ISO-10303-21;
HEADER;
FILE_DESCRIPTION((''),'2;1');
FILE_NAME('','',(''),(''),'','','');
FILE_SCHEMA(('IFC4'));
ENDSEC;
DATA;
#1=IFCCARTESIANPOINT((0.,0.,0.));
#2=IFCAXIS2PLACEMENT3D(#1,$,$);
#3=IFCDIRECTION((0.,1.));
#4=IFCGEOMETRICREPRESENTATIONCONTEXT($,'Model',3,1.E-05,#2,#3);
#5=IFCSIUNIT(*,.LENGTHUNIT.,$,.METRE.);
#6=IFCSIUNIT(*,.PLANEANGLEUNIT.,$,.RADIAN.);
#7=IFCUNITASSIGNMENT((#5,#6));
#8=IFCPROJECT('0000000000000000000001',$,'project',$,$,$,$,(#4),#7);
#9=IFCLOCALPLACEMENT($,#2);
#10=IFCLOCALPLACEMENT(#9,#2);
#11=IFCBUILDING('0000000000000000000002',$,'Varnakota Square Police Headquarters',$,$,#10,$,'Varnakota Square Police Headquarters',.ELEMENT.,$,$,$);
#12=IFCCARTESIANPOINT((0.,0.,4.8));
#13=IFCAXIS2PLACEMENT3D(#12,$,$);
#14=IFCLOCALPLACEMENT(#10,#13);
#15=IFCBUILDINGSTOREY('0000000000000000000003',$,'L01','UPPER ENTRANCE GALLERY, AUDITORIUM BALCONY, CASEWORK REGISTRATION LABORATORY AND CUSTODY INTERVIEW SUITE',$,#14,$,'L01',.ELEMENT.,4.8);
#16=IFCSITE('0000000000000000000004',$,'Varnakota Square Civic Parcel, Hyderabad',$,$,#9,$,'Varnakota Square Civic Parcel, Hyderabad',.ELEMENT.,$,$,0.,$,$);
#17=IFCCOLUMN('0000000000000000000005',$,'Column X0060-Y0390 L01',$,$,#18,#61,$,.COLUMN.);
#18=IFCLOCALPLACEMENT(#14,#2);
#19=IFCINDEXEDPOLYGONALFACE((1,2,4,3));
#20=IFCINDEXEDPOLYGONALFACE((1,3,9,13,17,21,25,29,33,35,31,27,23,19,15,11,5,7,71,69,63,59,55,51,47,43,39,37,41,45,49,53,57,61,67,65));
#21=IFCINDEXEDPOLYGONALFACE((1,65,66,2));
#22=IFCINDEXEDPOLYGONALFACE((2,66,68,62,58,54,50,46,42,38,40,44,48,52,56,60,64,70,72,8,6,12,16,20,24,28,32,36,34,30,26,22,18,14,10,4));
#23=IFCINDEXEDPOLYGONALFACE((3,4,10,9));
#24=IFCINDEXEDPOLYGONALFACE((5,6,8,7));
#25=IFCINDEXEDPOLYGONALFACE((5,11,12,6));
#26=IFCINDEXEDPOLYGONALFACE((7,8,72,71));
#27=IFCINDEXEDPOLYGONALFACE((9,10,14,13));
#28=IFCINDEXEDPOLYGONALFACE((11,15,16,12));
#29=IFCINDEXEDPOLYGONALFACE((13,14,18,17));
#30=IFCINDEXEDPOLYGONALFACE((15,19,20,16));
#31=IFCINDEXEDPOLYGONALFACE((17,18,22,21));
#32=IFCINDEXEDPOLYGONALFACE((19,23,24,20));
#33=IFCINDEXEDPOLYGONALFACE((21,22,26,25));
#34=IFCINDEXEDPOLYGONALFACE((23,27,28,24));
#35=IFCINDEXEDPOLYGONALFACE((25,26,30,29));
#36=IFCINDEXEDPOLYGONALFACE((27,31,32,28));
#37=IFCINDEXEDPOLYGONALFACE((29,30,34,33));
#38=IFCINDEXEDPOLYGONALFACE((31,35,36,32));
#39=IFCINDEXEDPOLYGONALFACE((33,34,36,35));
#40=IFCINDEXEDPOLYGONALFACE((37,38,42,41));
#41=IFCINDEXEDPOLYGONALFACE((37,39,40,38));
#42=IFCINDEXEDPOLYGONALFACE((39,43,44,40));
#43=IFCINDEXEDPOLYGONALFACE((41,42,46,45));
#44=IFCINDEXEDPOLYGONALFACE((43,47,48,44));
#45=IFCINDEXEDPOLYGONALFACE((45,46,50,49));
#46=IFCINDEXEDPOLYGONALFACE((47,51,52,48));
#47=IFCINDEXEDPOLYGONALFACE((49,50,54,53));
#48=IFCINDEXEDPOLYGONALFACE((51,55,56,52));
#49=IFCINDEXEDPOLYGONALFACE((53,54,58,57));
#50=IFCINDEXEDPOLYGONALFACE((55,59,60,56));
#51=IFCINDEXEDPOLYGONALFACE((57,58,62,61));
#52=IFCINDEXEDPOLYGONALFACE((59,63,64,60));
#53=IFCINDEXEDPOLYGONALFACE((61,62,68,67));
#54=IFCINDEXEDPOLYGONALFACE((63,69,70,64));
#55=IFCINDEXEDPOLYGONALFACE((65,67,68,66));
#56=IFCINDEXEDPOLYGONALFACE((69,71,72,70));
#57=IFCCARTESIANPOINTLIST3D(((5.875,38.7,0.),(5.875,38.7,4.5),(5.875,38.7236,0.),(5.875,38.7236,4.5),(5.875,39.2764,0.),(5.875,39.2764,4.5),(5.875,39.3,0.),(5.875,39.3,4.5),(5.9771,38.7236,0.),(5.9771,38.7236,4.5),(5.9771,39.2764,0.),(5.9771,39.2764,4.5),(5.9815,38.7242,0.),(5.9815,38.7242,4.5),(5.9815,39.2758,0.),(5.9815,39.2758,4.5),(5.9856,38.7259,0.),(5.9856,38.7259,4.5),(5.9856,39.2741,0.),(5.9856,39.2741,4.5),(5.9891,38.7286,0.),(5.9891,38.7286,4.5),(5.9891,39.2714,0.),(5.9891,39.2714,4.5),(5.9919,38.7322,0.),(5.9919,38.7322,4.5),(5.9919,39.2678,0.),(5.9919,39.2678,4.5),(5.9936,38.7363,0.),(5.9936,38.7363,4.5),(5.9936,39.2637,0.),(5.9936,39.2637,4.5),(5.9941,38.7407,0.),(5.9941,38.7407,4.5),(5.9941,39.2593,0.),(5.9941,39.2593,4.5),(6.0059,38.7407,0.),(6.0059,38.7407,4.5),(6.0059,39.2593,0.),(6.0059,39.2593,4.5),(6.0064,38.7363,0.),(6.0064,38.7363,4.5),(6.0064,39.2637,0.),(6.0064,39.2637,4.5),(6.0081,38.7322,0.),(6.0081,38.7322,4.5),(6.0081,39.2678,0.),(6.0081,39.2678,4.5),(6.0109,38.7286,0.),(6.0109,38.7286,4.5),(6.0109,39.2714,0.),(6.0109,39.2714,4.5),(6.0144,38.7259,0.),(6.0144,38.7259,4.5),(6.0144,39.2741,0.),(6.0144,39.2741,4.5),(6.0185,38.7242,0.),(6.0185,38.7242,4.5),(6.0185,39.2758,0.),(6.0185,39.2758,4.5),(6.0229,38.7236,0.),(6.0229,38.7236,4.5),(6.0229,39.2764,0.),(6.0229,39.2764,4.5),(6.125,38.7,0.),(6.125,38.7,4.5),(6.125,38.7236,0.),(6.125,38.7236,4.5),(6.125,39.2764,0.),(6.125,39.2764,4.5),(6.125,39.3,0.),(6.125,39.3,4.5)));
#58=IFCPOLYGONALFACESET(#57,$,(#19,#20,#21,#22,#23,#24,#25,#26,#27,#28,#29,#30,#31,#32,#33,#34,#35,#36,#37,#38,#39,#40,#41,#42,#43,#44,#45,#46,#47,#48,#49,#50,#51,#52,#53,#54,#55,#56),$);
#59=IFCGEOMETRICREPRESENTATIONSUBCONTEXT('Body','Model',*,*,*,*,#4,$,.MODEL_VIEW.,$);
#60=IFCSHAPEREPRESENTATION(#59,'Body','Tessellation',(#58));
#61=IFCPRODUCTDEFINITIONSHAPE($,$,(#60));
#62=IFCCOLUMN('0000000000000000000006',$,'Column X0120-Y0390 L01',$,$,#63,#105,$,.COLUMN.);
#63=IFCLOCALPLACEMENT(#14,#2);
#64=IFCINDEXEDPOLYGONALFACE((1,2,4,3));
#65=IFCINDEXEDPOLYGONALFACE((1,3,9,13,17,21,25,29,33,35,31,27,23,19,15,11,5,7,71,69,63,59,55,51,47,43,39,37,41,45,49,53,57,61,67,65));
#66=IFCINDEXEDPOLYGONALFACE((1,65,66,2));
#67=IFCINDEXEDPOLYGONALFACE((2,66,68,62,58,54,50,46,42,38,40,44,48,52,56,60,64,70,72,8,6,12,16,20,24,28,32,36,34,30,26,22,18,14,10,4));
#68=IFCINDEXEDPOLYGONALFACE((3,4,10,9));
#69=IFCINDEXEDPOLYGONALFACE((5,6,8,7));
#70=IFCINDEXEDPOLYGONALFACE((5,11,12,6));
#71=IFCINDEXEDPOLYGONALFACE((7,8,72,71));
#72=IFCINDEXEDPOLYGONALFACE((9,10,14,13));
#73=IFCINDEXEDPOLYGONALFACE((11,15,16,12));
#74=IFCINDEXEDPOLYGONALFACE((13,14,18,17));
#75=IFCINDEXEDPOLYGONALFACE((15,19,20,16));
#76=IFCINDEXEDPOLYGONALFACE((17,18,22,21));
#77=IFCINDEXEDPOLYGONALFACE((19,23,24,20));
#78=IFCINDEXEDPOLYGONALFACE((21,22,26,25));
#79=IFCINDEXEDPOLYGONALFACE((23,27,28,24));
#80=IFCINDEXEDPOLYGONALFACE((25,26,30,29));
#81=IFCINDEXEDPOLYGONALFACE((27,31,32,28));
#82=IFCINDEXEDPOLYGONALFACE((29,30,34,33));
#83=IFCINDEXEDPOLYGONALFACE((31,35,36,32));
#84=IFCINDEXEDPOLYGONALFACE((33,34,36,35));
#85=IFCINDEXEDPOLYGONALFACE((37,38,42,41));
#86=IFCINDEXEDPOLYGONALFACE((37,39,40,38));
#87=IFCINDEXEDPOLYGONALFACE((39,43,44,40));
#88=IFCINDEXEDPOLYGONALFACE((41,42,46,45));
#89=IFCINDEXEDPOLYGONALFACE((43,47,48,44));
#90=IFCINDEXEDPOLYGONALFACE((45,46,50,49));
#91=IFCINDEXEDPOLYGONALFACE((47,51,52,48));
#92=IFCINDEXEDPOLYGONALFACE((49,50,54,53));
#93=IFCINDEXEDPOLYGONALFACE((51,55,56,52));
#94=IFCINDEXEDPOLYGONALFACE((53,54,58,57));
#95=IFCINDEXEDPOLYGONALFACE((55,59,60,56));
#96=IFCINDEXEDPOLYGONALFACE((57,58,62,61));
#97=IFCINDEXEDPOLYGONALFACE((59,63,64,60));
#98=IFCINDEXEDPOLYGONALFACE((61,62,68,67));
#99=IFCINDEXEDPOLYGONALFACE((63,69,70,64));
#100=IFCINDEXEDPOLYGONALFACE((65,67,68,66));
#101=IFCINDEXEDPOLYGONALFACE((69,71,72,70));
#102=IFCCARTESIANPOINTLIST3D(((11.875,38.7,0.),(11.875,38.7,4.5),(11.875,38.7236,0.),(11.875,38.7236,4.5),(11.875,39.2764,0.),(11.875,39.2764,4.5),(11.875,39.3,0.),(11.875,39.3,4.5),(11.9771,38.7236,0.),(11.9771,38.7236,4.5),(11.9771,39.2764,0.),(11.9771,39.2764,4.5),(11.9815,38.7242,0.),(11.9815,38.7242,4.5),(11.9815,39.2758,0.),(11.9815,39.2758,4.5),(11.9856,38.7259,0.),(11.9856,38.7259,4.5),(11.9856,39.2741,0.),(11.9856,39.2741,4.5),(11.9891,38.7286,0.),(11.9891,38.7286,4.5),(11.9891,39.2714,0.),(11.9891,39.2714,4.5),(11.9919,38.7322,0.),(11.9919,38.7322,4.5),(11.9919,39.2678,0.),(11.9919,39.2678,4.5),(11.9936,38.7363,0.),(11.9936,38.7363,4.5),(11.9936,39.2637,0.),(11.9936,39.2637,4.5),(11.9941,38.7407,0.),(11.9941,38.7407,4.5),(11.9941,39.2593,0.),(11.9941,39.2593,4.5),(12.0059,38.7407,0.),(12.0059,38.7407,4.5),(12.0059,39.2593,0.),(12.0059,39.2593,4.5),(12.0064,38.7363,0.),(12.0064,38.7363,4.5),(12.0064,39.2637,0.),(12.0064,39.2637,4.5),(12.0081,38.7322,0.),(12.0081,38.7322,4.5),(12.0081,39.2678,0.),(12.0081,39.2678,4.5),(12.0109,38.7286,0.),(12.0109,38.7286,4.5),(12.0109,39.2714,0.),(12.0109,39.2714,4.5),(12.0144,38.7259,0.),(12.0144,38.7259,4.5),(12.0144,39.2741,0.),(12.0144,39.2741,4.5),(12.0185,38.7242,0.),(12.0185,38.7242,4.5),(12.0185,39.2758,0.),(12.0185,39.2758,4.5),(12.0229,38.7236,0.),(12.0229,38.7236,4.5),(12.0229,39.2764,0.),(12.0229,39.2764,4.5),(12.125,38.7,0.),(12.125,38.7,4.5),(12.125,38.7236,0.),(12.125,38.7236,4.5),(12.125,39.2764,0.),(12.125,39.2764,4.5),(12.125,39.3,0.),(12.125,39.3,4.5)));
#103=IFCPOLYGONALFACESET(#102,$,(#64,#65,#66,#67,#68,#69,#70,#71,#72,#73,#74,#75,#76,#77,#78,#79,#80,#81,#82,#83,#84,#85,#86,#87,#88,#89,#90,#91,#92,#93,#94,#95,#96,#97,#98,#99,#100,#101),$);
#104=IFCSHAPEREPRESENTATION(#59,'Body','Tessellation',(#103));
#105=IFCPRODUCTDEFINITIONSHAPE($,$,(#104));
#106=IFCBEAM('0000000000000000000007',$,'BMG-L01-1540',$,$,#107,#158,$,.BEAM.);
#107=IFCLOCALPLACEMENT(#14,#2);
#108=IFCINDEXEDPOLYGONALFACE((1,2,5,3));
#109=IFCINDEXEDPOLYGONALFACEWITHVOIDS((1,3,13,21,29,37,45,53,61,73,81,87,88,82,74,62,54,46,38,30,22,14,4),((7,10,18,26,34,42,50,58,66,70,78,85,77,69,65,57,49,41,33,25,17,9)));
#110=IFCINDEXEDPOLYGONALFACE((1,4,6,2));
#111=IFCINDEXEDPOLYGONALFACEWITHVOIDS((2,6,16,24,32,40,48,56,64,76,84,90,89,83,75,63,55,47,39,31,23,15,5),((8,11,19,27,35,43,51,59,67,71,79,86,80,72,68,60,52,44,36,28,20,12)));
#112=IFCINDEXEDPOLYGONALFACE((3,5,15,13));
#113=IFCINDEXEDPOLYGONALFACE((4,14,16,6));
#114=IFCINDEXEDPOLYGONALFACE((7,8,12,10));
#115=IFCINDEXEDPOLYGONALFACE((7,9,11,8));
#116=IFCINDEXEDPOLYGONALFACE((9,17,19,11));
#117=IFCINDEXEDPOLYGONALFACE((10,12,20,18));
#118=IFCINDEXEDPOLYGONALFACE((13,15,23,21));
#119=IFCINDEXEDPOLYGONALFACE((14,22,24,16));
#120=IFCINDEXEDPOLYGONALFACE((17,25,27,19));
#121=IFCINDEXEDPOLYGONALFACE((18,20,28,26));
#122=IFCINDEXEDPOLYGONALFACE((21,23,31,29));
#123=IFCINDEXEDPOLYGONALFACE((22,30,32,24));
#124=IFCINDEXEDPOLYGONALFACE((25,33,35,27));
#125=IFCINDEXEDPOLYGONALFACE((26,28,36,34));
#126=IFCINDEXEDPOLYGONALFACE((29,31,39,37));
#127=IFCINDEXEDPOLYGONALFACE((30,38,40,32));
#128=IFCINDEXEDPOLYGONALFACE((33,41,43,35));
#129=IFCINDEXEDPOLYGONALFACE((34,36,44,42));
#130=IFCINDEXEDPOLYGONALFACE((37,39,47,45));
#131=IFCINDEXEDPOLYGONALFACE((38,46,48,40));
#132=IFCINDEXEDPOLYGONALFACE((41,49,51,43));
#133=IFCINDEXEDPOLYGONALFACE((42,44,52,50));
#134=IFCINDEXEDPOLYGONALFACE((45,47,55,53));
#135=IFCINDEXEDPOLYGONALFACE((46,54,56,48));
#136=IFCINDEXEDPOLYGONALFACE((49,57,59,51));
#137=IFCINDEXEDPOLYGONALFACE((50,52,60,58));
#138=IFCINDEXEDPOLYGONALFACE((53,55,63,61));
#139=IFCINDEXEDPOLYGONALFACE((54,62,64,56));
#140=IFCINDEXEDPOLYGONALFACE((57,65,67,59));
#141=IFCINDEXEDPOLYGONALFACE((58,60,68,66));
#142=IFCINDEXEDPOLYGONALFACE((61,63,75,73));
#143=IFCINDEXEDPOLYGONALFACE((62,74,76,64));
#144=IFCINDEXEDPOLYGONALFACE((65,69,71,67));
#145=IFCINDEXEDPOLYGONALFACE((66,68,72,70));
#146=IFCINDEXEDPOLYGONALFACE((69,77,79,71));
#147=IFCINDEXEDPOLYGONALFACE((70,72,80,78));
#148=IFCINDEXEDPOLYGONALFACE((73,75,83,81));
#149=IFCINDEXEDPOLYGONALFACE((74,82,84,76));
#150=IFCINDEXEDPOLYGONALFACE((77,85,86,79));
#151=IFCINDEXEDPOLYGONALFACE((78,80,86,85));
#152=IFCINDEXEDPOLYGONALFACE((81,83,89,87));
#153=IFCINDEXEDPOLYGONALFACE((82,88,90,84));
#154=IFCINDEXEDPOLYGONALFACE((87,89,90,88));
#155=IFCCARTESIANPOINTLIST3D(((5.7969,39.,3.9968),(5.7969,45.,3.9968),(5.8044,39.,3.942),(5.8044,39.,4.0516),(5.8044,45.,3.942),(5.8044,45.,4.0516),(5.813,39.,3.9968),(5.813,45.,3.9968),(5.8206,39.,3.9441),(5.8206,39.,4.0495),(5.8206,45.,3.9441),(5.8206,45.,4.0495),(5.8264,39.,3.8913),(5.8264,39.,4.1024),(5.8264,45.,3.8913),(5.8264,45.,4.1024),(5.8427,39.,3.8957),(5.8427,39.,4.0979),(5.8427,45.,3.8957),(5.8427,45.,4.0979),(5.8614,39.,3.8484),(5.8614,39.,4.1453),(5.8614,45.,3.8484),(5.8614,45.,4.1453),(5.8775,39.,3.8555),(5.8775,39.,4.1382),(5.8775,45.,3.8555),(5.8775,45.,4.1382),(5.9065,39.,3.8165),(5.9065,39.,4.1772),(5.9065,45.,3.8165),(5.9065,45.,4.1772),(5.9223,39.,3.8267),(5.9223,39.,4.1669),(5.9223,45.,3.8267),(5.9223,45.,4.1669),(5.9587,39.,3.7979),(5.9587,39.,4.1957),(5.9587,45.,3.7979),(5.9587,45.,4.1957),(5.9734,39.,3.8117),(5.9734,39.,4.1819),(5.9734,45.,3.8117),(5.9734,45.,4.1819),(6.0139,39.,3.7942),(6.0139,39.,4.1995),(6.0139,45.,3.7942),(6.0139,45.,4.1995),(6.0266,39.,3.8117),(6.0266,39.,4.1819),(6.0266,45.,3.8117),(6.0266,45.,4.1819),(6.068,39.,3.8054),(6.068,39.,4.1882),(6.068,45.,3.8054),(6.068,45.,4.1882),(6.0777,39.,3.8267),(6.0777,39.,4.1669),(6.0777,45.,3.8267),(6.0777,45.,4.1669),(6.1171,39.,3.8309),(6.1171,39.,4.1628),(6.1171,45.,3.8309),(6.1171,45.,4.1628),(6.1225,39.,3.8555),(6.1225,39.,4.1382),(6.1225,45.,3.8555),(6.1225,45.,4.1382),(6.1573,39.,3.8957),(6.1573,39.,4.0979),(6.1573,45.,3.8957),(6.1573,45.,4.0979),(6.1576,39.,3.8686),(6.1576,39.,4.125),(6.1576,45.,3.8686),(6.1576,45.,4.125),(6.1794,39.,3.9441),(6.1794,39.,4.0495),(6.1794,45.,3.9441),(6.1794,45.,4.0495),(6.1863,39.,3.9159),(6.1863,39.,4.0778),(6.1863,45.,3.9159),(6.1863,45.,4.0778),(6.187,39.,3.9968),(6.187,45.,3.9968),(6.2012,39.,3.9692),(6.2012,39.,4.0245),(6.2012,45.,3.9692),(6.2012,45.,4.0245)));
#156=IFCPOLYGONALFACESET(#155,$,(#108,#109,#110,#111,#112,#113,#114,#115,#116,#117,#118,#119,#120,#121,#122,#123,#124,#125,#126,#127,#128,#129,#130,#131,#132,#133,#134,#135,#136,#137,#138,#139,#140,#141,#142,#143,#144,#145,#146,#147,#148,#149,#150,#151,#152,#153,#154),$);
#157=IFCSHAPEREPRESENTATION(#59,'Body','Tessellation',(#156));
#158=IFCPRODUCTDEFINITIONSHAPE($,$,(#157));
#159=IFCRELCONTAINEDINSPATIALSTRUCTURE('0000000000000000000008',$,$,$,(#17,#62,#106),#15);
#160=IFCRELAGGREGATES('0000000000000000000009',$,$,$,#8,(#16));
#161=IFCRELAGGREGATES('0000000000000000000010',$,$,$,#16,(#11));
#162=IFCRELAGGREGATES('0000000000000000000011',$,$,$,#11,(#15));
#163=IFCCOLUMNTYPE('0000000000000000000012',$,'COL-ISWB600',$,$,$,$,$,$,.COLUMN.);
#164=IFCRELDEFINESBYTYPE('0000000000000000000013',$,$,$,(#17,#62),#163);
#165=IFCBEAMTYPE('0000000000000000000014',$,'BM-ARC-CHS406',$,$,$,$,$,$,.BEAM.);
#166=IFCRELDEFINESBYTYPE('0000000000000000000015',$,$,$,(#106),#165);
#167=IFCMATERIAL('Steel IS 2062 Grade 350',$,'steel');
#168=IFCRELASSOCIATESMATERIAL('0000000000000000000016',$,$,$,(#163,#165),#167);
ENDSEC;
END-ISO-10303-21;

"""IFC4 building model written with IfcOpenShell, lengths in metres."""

from ifc_helpers import new_model, si_unit, direction, frame, origin, origin_2d, place, context, subcontext, project, spatial, hollow_circle, i_section, extrude, material, material_profile, profile_set, type_object, element, save


model = new_model("IFC4")

# Units and contexts
model_context = context("Model", 3, precision=1e-05, world=origin(), true_north=direction((0.0, 1.0)))
body_context = subcontext(model_context, "Body", "Model", "MODEL_VIEW")
ifc_project = project(units=[si_unit("LENGTHUNIT", "METRE"), si_unit("PLANEANGLEUNIT", "RADIAN")], contexts=[model_context])

# Site, building, storey
site_placement = place(None, origin())
site = spatial("IfcSite", under=ifc_project, at=site_placement, Name="Varnakota Square Civic Parcel, Hyderabad", LongName="Varnakota Square Civic Parcel, Hyderabad", CompositionType="ELEMENT", RefElevation=0.0)
building_placement = place(site_placement, origin())
building = spatial("IfcBuilding", under=site, at=building_placement, Name="Varnakota Square Police Headquarters", LongName="Varnakota Square Police Headquarters", CompositionType="ELEMENT")
storey_placement = place(building_placement, frame((0.0, 0.0, 4.8)))
storey = spatial("IfcBuildingStorey", under=building, at=storey_placement, Name="L01", Description="UPPER ENTRANCE GALLERY, AUDITORIUM BALCONY, CASEWORK REGISTRATION LABORATORY AND CUSTODY INTERVIEW SUITE", LongName="L01", CompositionType="ELEMENT", Elevation=4.8)

# Columns
ifc_material_1 = material(Name="Steel IS 2062 Grade 350", Category="steel")
ifc_material_profile_1 = material_profile(ifc_material_1, i_section(OverallWidth=0.25, OverallDepth=0.6001, WebThickness=0.0117, FlangeThickness=0.0237, FilletRadius=0.0171, at=origin_2d()), Name="ISWB 600")
ifc_profile_set_1 = profile_set([ifc_material_profile_1], Name="Steel IS 2062 Grade 350")
column_type = type_object("IfcColumnType", Name="COL-ISWB600", PredefinedType="COLUMN", material=ifc_profile_set_1)
for number, where, z_axis, x_axis, name in (
    (1, (6.0, 39.0, 0.0), (0.0, 0.0, 1.0), (1.0, 0.0, 0.0), "Column X0060-Y0390 L01"),
    (2, (12.0, 39.0, 0.0), (0.0, 0.0, 1.0), (1.0, 0.0, 0.0), "Column X0120-Y0390 L01"),
):
    element("IfcColumn", number, at=place(storey_placement, frame(where, z_axis=z_axis, x_axis=x_axis)), inside=storey, type_object=column_type, Name=name, PredefinedType="COLUMN", context=body_context, shape_type="SweptSolid", body=[
        extrude(i_section(OverallWidth=0.25, OverallDepth=0.6001, WebThickness=0.0117, FlangeThickness=0.0237, FilletRadius=0.0171, at=origin_2d()), origin(), (0.0, 0.0, 1.0), 4.5),
    ])

# Beam
ifc_material_profile_2 = material_profile(ifc_material_1, hollow_circle(Radius=0.2031, WallThickness=0.0161, at=origin_2d()), Name="CHS 406.4x16.0")
ifc_profile_set_2 = profile_set([ifc_material_profile_2], Name="Steel IS 2062 Grade 350")
beam_type_1 = type_object("IfcBeamType", Name="BM-ARC-CHS406", PredefinedType="BEAM", material=ifc_profile_set_2)
for number, where, z_axis, x_axis, name in (
    (3, (6.0, 39.0, 3.9968), (0.0, 1.0, 0.0), (-1.0, 0.0, 0.0), "BMG-L01-1540"),
):
    element("IfcBeam", number, at=place(storey_placement, frame(where, z_axis=z_axis, x_axis=x_axis)), inside=storey, type_object=beam_type_1, Name=name, PredefinedType="BEAM", context=body_context, shape_type="SweptSolid", body=[
        extrude(hollow_circle(Radius=0.2031, WallThickness=0.0161, at=origin_2d()), origin(), (0.0, 0.0, 1.0), 6.0),
    ])

save(model, "model.ifc")
